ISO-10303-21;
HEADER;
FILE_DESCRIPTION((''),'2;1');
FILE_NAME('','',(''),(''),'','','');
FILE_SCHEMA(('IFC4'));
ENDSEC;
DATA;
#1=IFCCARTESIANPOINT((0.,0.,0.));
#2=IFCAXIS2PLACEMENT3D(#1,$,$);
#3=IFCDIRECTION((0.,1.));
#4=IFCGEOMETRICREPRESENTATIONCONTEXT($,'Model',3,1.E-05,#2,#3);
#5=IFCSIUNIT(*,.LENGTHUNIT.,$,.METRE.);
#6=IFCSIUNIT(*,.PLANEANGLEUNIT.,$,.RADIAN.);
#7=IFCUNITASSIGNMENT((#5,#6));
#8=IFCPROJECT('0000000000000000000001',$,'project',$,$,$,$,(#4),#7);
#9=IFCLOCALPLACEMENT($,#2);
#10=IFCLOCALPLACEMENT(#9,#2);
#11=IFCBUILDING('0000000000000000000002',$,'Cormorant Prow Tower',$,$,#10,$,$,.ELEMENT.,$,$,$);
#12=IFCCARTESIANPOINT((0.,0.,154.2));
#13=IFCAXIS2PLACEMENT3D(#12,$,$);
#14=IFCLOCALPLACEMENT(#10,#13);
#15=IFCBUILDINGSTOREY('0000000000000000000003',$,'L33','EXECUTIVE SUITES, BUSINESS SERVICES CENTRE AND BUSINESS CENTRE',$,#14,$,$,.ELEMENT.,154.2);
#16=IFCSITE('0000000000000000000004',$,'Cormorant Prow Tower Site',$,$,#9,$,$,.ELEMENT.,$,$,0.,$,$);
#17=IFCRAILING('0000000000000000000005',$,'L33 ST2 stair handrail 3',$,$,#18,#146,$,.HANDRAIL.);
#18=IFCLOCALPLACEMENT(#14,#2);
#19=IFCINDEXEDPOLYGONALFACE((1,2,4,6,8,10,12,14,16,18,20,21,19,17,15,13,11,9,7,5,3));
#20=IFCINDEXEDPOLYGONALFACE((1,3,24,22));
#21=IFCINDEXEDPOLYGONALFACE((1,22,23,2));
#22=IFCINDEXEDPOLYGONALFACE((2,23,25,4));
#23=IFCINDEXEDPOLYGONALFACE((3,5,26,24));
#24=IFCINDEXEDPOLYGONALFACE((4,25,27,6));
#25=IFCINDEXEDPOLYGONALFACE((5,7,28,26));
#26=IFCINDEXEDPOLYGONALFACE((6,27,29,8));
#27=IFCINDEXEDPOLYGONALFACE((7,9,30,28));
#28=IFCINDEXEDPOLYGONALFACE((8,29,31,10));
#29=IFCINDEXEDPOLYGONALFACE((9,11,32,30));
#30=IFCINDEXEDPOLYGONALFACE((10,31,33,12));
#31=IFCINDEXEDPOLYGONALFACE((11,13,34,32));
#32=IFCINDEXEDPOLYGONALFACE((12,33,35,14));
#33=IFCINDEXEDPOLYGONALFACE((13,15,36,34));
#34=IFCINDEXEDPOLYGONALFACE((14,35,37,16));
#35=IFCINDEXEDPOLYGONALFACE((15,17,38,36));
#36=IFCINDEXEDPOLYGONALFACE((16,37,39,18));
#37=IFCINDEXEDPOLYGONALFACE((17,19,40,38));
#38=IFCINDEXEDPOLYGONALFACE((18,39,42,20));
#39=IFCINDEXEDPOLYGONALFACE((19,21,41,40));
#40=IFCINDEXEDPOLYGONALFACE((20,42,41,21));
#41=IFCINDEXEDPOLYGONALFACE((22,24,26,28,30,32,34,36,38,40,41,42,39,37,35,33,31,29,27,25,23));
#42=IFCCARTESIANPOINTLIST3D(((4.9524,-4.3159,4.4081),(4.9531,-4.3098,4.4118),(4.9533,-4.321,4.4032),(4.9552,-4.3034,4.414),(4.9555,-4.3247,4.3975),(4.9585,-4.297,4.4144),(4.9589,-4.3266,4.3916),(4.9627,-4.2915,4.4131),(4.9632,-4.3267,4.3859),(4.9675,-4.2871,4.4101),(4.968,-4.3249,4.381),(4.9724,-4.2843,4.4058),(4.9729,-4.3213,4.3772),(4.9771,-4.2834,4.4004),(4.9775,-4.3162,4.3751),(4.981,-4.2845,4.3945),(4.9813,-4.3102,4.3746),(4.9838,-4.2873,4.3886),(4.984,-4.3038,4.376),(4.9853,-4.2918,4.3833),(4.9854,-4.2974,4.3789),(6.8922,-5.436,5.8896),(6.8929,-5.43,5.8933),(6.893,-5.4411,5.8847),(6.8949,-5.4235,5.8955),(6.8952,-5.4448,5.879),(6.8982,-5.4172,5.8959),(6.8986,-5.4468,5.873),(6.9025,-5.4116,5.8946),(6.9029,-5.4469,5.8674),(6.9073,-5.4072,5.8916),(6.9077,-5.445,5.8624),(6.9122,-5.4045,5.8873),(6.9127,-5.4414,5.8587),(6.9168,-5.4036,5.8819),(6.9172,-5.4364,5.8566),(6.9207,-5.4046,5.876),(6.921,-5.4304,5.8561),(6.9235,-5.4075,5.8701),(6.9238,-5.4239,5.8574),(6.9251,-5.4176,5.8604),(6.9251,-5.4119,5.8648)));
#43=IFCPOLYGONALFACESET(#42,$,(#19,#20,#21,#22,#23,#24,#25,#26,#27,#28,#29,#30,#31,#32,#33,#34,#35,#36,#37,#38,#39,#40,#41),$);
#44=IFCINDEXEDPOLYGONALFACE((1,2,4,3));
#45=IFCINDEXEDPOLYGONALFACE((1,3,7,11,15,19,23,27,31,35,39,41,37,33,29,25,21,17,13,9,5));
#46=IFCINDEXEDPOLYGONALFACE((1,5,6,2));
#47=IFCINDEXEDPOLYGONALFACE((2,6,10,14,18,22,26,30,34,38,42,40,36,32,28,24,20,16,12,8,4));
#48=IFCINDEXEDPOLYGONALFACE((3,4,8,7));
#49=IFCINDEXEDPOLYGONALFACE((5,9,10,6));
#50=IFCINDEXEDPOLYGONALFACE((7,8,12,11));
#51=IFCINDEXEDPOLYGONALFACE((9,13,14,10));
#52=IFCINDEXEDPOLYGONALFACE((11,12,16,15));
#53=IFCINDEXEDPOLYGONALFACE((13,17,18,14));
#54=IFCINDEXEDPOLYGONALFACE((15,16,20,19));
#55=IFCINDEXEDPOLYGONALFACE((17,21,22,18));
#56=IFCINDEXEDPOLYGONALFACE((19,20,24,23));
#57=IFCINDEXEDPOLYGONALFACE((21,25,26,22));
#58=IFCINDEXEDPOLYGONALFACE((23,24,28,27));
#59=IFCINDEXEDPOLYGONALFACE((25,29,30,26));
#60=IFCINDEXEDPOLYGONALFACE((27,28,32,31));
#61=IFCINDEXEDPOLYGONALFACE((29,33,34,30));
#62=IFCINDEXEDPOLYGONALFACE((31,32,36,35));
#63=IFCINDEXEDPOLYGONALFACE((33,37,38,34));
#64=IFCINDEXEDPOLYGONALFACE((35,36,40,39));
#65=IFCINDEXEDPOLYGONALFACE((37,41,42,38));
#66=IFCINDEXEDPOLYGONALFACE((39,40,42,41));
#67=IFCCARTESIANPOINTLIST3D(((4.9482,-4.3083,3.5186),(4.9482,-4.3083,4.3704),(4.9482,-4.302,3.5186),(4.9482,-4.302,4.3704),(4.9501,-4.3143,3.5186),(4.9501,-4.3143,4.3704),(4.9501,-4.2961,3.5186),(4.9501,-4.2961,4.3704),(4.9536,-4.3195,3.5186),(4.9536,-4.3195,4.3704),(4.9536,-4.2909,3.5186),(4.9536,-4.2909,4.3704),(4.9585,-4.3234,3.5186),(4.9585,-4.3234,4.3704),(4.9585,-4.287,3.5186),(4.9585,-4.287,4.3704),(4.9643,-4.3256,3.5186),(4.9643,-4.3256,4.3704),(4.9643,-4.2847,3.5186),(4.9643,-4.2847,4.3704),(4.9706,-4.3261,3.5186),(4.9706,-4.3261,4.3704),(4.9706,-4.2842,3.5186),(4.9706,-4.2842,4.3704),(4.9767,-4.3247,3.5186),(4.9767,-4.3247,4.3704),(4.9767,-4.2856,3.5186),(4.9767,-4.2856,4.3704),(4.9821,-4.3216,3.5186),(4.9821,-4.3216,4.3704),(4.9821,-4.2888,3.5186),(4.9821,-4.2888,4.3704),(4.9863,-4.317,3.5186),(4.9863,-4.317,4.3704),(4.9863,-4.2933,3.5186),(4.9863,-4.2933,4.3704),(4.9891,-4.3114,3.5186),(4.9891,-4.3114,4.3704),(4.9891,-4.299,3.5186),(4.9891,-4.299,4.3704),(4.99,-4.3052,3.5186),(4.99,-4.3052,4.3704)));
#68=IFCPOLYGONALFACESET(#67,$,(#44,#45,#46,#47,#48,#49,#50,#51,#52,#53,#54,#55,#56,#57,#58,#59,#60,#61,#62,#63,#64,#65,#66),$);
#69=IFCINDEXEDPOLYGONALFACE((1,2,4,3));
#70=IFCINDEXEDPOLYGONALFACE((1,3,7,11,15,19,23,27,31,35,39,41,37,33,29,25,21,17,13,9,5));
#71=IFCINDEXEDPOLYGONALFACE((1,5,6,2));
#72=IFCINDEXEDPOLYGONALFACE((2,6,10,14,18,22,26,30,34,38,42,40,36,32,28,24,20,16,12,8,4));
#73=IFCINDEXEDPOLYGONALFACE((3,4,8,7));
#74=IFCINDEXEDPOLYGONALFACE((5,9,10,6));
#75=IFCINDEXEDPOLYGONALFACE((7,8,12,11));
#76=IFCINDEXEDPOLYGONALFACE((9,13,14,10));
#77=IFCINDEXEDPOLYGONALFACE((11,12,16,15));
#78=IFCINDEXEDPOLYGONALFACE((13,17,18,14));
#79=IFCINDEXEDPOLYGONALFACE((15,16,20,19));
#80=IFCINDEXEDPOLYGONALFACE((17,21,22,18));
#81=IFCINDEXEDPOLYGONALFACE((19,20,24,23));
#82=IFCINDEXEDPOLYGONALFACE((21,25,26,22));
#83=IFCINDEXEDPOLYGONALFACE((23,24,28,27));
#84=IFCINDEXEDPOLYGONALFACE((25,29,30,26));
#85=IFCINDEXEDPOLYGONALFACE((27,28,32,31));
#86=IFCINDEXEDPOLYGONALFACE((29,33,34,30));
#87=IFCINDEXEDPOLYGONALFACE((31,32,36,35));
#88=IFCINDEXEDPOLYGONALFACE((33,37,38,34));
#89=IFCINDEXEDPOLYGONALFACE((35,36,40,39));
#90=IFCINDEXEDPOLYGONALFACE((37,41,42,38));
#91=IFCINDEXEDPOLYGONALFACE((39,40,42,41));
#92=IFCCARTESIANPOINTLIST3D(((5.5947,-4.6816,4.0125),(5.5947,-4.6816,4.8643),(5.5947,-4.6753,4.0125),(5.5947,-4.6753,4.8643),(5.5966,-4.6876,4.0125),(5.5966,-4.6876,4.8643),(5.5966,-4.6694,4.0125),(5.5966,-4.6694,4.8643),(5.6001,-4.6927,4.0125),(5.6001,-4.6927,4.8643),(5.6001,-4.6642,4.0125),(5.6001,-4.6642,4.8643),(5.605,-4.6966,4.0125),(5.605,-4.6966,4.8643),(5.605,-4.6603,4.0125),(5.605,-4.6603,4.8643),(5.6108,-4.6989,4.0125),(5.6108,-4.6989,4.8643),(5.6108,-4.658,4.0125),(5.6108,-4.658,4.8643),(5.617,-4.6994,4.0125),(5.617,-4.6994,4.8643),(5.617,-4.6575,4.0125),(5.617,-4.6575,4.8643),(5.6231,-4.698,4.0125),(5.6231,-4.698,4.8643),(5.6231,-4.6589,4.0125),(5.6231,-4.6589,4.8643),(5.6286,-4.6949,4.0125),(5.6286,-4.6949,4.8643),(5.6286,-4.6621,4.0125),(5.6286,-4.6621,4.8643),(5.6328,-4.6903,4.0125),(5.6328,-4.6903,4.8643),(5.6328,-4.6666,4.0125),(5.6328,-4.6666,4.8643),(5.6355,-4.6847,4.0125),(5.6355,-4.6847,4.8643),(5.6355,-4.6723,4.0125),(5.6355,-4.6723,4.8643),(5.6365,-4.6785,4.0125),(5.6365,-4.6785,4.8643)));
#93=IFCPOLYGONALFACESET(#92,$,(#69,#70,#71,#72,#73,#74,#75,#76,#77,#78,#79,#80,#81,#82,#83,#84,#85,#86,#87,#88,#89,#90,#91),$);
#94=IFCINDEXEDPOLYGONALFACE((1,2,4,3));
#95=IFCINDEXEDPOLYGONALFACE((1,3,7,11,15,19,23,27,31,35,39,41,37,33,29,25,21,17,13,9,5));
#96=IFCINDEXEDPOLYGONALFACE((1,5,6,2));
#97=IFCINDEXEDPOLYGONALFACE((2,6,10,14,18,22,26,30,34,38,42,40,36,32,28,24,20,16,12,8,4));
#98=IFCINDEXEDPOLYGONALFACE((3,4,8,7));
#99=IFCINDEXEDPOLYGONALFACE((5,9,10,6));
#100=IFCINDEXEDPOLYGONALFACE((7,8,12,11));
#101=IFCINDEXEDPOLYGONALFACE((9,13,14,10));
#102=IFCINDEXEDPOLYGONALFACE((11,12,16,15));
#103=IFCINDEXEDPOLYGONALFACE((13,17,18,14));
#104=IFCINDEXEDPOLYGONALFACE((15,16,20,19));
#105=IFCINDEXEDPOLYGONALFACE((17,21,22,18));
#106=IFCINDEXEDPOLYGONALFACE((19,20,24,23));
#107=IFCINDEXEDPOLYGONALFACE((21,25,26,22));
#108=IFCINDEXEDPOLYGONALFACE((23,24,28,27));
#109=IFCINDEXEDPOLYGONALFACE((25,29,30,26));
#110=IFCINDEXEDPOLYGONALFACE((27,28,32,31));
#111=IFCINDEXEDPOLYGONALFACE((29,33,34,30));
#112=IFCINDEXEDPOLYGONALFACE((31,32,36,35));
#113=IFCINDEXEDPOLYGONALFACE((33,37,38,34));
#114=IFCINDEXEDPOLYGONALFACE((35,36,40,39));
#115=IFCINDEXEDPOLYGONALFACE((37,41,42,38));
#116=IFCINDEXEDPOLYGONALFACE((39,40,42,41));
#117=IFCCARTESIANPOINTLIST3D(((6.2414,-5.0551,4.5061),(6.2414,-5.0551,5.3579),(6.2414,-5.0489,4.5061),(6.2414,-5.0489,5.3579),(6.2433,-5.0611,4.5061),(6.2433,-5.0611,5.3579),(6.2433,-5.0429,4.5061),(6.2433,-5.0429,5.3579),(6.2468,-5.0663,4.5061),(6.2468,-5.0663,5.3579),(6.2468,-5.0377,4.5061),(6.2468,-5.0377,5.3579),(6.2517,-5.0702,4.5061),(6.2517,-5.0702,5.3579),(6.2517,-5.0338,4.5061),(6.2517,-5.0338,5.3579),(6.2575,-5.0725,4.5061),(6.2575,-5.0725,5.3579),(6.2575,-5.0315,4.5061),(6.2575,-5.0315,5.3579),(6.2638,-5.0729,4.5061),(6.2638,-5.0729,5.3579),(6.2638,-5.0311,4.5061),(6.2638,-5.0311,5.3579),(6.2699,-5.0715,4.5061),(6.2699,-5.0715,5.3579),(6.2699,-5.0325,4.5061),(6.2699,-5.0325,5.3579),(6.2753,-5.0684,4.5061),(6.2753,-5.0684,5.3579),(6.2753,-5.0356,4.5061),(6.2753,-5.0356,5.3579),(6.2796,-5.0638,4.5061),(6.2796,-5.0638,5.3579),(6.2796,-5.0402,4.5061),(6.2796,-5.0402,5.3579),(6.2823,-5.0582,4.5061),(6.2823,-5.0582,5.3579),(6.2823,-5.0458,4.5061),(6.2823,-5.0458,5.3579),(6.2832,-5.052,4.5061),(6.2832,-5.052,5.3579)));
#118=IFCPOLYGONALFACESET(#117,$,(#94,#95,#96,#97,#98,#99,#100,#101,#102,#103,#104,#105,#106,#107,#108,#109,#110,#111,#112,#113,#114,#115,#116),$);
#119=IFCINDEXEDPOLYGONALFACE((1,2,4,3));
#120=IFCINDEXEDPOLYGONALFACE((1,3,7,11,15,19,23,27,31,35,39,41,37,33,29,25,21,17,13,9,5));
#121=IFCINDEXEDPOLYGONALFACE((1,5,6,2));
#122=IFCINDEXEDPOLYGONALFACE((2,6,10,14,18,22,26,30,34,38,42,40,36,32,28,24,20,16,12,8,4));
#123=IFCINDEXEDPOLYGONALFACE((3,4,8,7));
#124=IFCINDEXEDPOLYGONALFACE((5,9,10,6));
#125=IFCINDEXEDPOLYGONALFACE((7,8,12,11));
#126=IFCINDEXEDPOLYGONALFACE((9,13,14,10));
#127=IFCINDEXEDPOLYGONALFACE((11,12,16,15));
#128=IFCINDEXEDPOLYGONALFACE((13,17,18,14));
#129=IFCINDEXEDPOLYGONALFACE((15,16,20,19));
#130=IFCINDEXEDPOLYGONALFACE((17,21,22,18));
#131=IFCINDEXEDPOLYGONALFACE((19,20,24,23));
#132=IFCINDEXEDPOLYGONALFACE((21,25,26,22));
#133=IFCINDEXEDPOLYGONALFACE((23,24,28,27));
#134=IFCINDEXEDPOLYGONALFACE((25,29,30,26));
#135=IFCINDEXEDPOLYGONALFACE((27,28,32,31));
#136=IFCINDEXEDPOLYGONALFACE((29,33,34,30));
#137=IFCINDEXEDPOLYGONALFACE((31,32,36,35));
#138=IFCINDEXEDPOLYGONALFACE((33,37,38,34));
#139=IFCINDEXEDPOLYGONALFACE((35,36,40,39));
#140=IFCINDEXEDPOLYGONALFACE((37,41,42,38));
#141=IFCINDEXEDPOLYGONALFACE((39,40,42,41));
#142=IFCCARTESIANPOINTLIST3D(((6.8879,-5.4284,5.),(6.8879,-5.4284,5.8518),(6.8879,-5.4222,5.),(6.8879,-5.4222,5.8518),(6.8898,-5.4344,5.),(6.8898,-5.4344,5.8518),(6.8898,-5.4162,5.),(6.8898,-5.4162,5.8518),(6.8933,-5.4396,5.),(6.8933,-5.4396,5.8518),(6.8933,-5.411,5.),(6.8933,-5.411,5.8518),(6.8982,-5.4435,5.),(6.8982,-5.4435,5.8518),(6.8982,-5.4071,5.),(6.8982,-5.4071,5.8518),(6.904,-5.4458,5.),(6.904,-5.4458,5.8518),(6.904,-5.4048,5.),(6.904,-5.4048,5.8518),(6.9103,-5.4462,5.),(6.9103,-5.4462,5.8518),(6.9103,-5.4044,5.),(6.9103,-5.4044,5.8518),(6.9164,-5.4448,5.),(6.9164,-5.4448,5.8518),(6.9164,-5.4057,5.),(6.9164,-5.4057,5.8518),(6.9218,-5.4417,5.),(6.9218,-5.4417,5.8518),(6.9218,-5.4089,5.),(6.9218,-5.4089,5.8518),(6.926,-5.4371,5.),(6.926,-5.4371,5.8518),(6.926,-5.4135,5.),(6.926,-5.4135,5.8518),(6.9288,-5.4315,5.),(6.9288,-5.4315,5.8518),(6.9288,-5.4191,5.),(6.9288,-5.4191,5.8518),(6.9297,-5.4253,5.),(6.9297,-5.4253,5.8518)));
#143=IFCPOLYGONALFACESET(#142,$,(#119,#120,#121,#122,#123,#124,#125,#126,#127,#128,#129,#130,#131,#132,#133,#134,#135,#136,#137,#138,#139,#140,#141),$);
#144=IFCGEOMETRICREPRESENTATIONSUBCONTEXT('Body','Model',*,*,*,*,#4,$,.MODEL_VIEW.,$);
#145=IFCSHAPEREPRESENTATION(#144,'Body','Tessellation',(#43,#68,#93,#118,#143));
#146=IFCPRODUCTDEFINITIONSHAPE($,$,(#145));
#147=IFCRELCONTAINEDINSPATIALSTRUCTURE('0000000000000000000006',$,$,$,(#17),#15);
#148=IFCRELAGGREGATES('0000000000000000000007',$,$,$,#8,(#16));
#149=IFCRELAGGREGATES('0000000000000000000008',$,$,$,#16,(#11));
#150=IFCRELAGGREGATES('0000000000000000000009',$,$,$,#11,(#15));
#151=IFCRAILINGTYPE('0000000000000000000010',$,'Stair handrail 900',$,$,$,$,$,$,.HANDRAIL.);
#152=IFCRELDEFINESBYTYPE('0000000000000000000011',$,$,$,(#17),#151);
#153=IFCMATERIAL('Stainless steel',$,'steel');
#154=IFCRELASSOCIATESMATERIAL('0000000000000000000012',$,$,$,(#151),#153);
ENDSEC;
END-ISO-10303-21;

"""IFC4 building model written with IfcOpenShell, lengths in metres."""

from ifc_helpers import new_model, si_unit, direction, frame, origin, origin_2d, place, context, subcontext, project, spatial, circle, extrude, material, type_object, element, save


model = new_model("IFC4")

# Units and contexts
model_context = context("Model", 3, precision=1e-05, world=origin(), true_north=direction((0.0, 1.0)))
body_context = subcontext(model_context, "Body", "Model", "MODEL_VIEW")
ifc_project = project(units=[si_unit("LENGTHUNIT", "METRE"), si_unit("PLANEANGLEUNIT", "RADIAN")], contexts=[model_context])

# Site, building, storey
site_placement = place(None, origin())
site = spatial("IfcSite", under=ifc_project, at=site_placement, Name="Cormorant Prow Tower Site", CompositionType="ELEMENT", RefElevation=0.0)
building_placement = place(site_placement, origin())
building = spatial("IfcBuilding", under=site, at=building_placement, Name="Cormorant Prow Tower", CompositionType="ELEMENT")
storey_placement = place(building_placement, frame((0.0, 0.0, 154.2)))
storey = spatial("IfcBuildingStorey", under=building, at=storey_placement, Name="L33", Description="EXECUTIVE SUITES, BUSINESS SERVICES CENTRE AND BUSINESS CENTRE", CompositionType="ELEMENT", Elevation=154.2)

# Railing
ifc_material_1 = material(Name="Stainless steel", Category="steel")
railing_type_1 = type_object("IfcRailingType", Name="Stair handrail 900", PredefinedType="HANDRAIL", material=ifc_material_1)
railing_1_placement = place(storey_placement, frame((4.969, -4.3052, 3.5186)))
element("IfcRailing", 1, at=railing_1_placement, inside=storey, type_object=railing_type_1, Name="L33 ST2 stair handrail 3", PredefinedType="HANDRAIL", context=body_context, shape_type="SweptSolid", body=[
    extrude(circle(Radius=0.0239, at=origin_2d()), frame((0.0, 0.0, 0.876), z_axis=(0.722292, -0.417102, 0.551651), x_axis=(0.500078, 0.86598, 0.0)), (0.0, 0.0, 1.0), 2.6855),
    extrude(circle(Radius=0.021, at=origin_2d()), origin(), (0.0, 0.0, 1.0), 0.8518),
    extrude(circle(Radius=0.021, at=origin_2d()), frame((0.6465, -0.3733, 0.4939)), (0.0, 0.0, 1.0), 0.8518),
    extrude(circle(Radius=0.021, at=origin_2d()), frame((1.2932, -0.7468, 0.9875)), (0.0, 0.0, 1.0), 0.8518),
    extrude(circle(Radius=0.021, at=origin_2d()), frame((1.9397, -1.1201, 1.4814)), (0.0, 0.0, 1.0), 0.8518),
])

save(model, "model.ifc")
